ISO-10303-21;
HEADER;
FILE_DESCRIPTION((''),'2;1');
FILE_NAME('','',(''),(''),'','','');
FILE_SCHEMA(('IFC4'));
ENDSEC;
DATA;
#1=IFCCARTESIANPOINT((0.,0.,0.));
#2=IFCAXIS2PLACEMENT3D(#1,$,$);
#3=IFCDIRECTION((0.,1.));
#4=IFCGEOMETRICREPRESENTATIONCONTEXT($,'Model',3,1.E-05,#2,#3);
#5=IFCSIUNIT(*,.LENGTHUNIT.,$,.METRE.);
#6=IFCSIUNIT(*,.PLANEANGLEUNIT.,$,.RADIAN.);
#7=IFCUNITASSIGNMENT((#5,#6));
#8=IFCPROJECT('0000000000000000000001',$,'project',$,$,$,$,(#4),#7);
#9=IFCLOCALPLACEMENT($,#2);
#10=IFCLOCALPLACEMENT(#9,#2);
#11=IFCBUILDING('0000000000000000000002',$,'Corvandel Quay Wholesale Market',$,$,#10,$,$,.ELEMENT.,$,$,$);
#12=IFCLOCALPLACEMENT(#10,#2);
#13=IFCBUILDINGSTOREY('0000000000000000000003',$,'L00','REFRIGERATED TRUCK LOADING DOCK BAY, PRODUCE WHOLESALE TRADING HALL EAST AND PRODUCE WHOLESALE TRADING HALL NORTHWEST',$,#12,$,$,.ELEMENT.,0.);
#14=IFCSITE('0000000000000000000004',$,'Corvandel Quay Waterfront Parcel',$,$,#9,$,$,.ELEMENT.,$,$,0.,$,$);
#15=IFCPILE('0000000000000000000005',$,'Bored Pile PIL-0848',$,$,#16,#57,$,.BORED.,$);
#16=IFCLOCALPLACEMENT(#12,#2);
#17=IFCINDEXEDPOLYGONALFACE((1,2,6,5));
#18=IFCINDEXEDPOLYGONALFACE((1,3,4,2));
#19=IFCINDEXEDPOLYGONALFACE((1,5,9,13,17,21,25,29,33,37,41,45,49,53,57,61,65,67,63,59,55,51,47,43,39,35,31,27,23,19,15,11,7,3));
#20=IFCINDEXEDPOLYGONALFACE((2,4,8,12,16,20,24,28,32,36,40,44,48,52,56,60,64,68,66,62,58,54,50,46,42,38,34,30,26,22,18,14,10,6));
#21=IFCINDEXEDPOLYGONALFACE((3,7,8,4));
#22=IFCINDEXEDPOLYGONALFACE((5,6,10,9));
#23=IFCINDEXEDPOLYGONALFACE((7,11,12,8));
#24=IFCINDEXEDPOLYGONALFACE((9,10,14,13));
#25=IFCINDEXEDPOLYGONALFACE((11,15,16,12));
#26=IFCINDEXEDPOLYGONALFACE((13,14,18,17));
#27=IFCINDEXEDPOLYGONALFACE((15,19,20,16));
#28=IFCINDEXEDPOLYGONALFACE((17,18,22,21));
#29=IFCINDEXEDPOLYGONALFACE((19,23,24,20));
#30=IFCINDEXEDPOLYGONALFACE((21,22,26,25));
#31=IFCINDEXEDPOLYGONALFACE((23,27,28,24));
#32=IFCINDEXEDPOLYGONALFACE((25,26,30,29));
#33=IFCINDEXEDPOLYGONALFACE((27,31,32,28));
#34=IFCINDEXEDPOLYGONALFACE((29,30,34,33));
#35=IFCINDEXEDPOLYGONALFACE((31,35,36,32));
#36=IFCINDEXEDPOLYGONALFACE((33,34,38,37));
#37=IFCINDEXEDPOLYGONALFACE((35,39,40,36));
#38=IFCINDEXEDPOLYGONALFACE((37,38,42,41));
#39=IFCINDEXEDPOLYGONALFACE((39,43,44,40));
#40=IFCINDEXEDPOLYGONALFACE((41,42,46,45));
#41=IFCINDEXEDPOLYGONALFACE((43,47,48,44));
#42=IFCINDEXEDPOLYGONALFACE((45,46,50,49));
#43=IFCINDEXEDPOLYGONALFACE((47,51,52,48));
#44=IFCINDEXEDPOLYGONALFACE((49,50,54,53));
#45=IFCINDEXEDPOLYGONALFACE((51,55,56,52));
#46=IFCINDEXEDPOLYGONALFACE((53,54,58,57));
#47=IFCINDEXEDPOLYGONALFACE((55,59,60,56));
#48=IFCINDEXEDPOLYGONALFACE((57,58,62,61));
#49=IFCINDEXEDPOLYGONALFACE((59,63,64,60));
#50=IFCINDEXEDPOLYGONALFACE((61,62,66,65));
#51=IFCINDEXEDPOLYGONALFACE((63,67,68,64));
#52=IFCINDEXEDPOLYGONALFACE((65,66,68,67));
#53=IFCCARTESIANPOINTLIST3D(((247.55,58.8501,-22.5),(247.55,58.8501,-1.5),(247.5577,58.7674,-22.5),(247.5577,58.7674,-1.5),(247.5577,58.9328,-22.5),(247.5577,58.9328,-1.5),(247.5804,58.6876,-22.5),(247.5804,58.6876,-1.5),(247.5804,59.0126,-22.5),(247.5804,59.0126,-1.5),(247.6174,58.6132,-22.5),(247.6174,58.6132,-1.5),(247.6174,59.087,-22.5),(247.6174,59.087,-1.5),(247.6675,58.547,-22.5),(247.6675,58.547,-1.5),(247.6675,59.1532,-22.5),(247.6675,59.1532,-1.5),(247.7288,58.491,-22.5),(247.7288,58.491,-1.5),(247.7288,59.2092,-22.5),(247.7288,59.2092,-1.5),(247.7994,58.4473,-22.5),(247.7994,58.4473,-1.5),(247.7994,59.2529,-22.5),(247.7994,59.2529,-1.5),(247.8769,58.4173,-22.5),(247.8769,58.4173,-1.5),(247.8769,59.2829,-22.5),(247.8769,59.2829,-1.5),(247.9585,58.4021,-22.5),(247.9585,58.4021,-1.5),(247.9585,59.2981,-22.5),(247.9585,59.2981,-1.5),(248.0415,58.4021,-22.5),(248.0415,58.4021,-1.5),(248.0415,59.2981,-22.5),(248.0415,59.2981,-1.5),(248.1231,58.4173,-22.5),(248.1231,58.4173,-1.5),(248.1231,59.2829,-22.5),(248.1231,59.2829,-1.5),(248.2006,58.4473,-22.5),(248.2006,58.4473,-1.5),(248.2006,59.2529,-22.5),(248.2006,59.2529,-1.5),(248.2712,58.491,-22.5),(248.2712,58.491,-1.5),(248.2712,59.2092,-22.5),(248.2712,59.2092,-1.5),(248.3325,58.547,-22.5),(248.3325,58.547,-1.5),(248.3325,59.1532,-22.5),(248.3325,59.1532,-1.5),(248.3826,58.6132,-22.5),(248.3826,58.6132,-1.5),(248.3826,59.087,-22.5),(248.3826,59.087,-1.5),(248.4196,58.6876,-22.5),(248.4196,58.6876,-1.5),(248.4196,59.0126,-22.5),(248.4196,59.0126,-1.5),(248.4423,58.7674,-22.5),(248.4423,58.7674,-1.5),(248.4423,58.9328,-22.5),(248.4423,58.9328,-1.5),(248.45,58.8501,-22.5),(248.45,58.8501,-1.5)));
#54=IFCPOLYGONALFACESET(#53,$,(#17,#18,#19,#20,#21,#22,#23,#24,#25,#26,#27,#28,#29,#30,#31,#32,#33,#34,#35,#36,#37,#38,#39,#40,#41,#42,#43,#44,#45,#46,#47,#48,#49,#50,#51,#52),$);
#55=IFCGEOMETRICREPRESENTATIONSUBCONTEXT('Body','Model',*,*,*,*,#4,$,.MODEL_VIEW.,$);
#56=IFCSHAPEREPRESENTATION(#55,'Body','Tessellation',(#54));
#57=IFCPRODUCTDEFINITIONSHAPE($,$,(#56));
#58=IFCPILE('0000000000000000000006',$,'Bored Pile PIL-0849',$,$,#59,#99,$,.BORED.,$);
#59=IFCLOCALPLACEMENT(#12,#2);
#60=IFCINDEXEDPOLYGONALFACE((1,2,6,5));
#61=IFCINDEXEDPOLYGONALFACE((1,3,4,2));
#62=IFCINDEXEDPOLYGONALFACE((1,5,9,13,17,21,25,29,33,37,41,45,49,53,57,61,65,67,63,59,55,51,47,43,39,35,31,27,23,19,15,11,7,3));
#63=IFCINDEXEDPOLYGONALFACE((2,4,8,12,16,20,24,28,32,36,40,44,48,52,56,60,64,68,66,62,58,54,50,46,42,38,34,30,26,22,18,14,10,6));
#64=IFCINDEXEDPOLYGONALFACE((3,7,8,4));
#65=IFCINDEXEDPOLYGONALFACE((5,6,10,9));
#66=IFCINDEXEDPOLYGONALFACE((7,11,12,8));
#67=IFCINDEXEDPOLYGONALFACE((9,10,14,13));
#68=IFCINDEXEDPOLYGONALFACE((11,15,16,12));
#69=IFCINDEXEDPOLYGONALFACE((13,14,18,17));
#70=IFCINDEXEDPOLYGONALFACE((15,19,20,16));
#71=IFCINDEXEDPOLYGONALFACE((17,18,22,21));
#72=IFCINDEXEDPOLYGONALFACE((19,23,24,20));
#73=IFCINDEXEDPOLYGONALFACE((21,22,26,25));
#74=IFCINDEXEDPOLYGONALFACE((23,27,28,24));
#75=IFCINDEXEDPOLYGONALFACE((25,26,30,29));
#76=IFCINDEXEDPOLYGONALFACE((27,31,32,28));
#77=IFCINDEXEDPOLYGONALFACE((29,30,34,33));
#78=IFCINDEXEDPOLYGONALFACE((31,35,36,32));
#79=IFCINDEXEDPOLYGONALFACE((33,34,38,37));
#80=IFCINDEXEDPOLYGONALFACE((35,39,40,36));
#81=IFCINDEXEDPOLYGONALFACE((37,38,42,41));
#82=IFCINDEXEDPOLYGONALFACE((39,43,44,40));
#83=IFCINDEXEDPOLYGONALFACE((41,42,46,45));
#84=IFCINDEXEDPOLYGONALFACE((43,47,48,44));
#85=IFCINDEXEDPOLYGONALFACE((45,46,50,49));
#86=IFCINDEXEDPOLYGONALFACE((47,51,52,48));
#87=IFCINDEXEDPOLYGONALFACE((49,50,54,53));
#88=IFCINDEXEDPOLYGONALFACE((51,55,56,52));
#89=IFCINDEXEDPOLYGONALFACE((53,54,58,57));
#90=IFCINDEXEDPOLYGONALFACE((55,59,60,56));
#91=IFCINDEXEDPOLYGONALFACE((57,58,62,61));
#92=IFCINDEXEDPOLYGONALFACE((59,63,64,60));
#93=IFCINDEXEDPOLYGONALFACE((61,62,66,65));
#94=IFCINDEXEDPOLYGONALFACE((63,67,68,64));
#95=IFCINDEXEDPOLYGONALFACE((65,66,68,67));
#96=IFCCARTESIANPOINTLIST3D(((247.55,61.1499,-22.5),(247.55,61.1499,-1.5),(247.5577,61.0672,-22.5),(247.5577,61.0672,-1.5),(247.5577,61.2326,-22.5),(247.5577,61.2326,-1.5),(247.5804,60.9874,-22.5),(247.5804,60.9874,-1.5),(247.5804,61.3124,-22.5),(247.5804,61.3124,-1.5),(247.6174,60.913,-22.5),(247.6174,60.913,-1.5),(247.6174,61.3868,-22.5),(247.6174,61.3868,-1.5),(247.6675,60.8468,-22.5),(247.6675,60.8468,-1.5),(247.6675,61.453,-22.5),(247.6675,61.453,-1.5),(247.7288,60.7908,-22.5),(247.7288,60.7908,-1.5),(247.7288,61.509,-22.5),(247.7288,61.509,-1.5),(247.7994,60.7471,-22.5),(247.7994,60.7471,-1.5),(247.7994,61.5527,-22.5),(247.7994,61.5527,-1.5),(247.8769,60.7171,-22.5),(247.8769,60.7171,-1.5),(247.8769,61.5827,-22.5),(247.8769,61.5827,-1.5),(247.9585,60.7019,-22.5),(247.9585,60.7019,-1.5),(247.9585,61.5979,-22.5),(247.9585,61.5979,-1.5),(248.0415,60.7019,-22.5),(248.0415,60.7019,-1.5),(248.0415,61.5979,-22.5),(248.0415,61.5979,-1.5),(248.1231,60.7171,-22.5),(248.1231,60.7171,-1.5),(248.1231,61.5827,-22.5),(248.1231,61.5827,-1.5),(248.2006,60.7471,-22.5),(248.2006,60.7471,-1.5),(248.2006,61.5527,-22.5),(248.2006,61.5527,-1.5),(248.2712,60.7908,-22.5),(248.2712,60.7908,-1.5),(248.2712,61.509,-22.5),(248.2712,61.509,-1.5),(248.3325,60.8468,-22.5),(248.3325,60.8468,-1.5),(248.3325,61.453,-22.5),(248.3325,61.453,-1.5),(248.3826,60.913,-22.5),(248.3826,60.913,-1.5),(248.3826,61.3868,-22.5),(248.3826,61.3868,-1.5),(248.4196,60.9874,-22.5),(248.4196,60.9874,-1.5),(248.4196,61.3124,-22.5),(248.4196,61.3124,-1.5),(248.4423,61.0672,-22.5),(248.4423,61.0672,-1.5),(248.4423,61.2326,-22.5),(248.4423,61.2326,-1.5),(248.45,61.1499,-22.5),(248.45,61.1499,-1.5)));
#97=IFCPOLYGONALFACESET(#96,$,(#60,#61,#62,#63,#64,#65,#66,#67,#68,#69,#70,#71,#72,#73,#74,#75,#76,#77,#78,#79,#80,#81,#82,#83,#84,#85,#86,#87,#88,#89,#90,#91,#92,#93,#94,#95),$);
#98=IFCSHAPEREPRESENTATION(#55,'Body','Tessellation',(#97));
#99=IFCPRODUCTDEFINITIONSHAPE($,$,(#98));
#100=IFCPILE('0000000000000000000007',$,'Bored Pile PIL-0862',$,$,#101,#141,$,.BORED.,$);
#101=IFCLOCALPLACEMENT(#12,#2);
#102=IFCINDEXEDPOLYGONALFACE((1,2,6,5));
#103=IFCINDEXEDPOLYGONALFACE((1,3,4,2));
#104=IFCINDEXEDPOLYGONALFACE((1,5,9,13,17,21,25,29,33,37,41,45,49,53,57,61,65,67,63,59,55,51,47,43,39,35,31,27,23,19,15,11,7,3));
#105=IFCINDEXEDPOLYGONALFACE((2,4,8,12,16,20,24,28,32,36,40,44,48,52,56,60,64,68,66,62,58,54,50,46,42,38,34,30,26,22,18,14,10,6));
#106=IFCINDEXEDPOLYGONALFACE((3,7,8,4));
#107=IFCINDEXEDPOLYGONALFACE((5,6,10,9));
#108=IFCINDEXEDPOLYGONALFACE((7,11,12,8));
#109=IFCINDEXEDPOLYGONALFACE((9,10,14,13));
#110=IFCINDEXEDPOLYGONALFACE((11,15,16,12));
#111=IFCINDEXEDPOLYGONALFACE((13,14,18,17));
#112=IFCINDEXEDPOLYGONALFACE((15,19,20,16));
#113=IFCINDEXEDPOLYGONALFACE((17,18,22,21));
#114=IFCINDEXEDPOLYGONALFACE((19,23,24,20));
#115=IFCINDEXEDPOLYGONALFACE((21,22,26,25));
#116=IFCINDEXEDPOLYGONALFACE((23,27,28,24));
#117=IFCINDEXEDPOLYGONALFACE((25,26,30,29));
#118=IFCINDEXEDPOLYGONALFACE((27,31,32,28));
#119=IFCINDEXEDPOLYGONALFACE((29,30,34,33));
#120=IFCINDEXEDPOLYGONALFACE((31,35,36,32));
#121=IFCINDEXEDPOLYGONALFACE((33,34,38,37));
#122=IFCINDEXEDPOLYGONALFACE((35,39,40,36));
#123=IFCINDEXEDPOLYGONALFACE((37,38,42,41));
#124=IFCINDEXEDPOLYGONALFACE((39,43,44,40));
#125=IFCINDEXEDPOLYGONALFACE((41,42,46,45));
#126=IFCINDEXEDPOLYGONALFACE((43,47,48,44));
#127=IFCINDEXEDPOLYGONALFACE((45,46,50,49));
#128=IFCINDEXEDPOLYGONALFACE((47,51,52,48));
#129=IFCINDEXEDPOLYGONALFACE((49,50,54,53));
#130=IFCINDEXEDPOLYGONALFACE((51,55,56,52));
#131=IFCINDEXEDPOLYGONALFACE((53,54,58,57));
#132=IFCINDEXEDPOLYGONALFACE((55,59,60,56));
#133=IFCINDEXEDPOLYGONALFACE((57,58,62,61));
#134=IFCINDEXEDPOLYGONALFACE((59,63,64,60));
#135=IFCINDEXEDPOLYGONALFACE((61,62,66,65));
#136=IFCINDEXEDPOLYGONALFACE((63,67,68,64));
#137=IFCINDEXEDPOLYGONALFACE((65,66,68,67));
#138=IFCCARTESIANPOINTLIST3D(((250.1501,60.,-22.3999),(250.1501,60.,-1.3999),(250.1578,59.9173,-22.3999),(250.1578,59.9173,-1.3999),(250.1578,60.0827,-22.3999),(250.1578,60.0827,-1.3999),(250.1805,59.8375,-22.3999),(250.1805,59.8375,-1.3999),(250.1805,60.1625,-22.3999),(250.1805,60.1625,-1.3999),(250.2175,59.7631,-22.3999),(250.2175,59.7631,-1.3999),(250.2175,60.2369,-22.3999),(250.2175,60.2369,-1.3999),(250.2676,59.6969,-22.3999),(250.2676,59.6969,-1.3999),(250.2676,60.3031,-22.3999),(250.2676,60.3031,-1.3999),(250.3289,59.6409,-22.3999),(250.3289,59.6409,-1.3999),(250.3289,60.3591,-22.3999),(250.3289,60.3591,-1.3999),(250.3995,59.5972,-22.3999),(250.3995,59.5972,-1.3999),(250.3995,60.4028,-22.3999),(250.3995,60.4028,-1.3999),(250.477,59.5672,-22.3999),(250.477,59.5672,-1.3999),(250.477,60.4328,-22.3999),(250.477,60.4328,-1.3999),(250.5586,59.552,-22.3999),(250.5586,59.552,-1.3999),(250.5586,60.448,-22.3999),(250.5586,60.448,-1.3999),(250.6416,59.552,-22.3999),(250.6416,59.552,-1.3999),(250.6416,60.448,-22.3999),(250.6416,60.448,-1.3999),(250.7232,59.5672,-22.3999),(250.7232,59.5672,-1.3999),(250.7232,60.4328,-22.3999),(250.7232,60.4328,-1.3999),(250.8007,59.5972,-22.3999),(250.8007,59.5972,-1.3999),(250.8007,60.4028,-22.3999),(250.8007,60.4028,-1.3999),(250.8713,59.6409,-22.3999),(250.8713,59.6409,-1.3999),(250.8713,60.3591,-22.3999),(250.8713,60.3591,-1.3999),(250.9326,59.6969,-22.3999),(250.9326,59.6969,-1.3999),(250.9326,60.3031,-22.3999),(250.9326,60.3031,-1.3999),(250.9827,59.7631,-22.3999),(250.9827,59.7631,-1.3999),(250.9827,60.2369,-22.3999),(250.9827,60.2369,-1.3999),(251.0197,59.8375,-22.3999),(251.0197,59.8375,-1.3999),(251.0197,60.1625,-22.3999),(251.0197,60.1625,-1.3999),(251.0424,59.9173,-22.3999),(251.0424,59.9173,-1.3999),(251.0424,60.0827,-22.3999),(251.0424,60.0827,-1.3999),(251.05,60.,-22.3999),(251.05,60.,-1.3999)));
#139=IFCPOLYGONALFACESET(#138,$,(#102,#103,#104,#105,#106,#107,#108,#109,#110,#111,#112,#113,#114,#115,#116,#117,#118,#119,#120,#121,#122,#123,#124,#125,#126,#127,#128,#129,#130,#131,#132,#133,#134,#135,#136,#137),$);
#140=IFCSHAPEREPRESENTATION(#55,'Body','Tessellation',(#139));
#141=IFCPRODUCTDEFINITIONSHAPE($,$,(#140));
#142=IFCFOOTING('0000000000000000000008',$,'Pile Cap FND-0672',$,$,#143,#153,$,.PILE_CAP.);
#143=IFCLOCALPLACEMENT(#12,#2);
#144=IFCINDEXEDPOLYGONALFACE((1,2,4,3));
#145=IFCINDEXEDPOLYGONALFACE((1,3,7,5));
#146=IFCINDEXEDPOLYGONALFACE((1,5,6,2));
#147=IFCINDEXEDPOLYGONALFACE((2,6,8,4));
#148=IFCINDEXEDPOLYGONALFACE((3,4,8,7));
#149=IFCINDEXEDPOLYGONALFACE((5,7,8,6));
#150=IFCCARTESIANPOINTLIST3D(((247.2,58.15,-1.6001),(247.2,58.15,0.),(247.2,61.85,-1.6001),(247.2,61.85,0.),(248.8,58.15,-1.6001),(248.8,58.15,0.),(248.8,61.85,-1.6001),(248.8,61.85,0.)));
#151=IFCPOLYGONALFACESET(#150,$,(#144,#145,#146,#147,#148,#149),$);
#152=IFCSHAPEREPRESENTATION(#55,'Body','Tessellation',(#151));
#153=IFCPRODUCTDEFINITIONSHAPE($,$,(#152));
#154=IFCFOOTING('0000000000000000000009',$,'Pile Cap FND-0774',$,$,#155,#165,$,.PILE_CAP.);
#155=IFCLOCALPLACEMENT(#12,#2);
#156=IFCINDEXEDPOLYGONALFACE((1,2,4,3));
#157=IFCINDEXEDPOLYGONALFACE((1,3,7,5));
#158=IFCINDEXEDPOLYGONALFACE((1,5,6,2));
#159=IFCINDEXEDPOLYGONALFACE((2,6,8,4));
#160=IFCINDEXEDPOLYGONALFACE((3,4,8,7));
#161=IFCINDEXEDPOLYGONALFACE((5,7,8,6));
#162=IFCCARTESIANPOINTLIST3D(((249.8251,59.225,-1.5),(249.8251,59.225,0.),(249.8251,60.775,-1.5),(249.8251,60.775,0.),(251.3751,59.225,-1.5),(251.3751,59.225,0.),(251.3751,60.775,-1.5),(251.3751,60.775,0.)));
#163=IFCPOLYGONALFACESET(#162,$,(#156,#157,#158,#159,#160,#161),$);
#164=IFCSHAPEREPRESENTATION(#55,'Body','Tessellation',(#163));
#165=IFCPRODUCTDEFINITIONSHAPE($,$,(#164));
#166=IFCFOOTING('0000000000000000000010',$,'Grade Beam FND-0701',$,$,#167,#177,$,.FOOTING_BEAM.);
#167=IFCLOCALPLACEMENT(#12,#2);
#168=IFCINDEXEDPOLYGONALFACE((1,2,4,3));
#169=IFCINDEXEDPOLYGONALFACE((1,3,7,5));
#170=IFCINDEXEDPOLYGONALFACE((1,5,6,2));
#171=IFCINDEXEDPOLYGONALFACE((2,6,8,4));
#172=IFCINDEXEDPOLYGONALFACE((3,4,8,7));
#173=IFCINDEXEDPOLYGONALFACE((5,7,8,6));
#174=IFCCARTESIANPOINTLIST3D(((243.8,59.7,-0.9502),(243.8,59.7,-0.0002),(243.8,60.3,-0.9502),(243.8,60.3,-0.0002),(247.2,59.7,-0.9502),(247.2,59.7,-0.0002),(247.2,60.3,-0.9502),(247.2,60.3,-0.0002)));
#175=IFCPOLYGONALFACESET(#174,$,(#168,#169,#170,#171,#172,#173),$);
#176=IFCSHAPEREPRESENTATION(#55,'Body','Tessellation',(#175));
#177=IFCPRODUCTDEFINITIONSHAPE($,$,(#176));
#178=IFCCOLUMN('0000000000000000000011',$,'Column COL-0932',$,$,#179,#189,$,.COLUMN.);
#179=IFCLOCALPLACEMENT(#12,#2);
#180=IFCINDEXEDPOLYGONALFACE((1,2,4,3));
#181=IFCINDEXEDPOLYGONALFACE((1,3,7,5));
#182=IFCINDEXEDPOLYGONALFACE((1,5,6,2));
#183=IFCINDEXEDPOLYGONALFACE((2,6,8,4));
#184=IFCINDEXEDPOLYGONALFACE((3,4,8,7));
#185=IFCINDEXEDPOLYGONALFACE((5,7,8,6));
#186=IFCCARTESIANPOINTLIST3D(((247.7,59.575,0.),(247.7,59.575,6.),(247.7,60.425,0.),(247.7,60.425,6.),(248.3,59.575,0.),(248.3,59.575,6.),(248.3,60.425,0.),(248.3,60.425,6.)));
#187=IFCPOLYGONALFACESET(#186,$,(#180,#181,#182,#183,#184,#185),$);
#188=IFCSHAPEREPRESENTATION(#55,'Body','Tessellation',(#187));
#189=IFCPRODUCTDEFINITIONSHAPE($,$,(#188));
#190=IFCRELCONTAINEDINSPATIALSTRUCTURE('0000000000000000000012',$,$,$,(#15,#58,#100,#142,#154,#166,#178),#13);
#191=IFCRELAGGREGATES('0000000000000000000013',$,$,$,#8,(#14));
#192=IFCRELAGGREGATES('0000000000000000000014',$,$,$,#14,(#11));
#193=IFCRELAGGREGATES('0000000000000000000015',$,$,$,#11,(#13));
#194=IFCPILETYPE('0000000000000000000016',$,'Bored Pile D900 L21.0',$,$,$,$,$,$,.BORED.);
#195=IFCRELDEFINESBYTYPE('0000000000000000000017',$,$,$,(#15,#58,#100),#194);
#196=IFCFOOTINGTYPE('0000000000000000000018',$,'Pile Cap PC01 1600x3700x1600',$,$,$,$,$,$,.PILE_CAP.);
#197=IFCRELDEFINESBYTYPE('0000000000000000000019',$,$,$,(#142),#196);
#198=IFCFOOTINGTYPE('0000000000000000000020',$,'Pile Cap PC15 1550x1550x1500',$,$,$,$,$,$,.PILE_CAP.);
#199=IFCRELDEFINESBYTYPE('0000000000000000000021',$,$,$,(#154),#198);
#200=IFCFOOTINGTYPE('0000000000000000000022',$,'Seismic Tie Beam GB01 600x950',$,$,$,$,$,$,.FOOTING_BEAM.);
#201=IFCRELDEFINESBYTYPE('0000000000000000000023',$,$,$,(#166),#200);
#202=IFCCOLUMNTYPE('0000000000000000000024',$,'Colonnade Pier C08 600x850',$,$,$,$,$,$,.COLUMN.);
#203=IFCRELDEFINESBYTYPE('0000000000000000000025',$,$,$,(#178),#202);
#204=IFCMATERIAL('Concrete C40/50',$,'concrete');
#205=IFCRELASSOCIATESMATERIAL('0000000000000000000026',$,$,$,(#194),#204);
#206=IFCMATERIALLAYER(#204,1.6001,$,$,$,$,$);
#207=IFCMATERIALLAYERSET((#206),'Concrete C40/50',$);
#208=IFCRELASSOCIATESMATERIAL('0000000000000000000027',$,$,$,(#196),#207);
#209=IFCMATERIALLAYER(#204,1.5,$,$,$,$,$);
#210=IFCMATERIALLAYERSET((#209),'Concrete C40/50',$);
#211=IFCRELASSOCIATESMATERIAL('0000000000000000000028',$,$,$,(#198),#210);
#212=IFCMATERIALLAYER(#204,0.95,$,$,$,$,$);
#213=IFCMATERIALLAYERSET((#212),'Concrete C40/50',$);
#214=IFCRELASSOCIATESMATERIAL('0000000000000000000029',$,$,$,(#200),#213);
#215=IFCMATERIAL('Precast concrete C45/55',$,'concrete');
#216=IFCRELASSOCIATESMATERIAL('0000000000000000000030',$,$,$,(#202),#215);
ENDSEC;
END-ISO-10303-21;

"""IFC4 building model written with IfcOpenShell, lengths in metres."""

from ifc_helpers import new_model, si_unit, direction, frame, origin, origin_2d, place, context, subcontext, project, spatial, rectangle, circle, extrude, material, layer, layer_set, material_profile, profile_set, type_object, element, save


model = new_model("IFC4")

# Units and contexts
model_context = context("Model", 3, precision=1e-05, world=origin(), true_north=direction((0.0, 1.0)))
body_context = subcontext(model_context, "Body", "Model", "MODEL_VIEW")
ifc_project = project(units=[si_unit("LENGTHUNIT", "METRE"), si_unit("PLANEANGLEUNIT", "RADIAN")], contexts=[model_context])

# Site, building, storey
site_placement = place(None, origin())
site = spatial("IfcSite", under=ifc_project, at=site_placement, Name="Corvandel Quay Waterfront Parcel", CompositionType="ELEMENT", RefElevation=0.0)
building_placement = place(site_placement, origin())
building = spatial("IfcBuilding", under=site, at=building_placement, Name="Corvandel Quay Wholesale Market", CompositionType="ELEMENT")
storey_placement = place(building_placement, origin())
storey = spatial("IfcBuildingStorey", under=building, at=storey_placement, Name="L00", Description="REFRIGERATED TRUCK LOADING DOCK BAY, PRODUCE WHOLESALE TRADING HALL EAST AND PRODUCE WHOLESALE TRADING HALL NORTHWEST", CompositionType="ELEMENT", Elevation=0.0)

# Piles
ifc_material_1 = material(Name="Concrete C40/50", Category="concrete")
ifc_material_profile_1 = material_profile(ifc_material_1, circle(Radius=0.45, at=origin_2d()), Name="RC-PILE-D900")
ifc_profile_set_1 = profile_set([ifc_material_profile_1], Name="Concrete C40/50")
pile_type = type_object("IfcPileType", Name="Bored Pile D900 L21.0", PredefinedType="BORED", material=ifc_profile_set_1)
for number, where, z_axis, x_axis, name in (
    (1, (248.0, 58.8501, -1.5), (0.0, 0.0, -1.0), (1.0, 0.0, 0.0), "Bored Pile PIL-0848"),
    (2, (248.0, 61.1499, -1.5), (0.0, 0.0, -1.0), (1.0, 0.0, 0.0), "Bored Pile PIL-0849"),
    (3, (250.6001, 60.0, -1.3999), (0.0, 0.0, -1.0), (1.0, 0.0, 0.0), "Bored Pile PIL-0862"),
):
    element("IfcPile", number, at=place(storey_placement, frame(where, z_axis=z_axis, x_axis=x_axis)), inside=storey, type_object=pile_type, Name=name, PredefinedType="BORED", context=body_context, shape_type="SweptSolid", body=[
        extrude(circle(Radius=0.45, at=origin_2d()), origin(), (0.0, 0.0, 1.0), 21.0),
    ])

# Footings
ifc_layer_1 = layer(ifc_material_1, 1.6001)
ifc_layer_set_1 = layer_set([ifc_layer_1], Name="Concrete C40/50")
footing_type_1 = type_object("IfcFootingType", Name="Pile Cap PC01 1600x3700x1600", PredefinedType="PILE_CAP", material=ifc_layer_set_1)
footing_1_placement = place(storey_placement, frame((248.0, 60.0, -1.6001), z_axis=(0.0, 0.0, 1.0), x_axis=(1.0, 0.0, 0.0)))
element("IfcFooting", 4, at=footing_1_placement, inside=storey, type_object=footing_type_1, Name="Pile Cap FND-0672", PredefinedType="PILE_CAP", context=body_context, shape_type="SweptSolid", body=[
    extrude(rectangle(XDim=1.6001, YDim=3.7, at=origin_2d()), origin(), (0.0, 0.0, 1.0), 1.6001),
])
ifc_layer_2 = layer(ifc_material_1, 1.5)
ifc_layer_set_2 = layer_set([ifc_layer_2], Name="Concrete C40/50")
footing_type_2 = type_object("IfcFootingType", Name="Pile Cap PC15 1550x1550x1500", PredefinedType="PILE_CAP", material=ifc_layer_set_2)
footing_2_placement = place(storey_placement, frame((250.6001, 60.0, -1.5), z_axis=(0.0, 0.0, 1.0), x_axis=(1.0, 0.0, 0.0)))
element("IfcFooting", 5, at=footing_2_placement, inside=storey, type_object=footing_type_2, Name="Pile Cap FND-0774", PredefinedType="PILE_CAP", context=body_context, shape_type="SweptSolid", body=[
    extrude(rectangle(XDim=1.55, YDim=1.55, at=origin_2d()), origin(), (0.0, 0.0, 1.0), 1.5),
])
ifc_layer_3 = layer(ifc_material_1, 0.95)
ifc_layer_set_3 = layer_set([ifc_layer_3], Name="Concrete C40/50")
footing_type_3 = type_object("IfcFootingType", Name="Seismic Tie Beam GB01 600x950", PredefinedType="FOOTING_BEAM", material=ifc_layer_set_3)
footing_3_placement = place(storey_placement, frame((245.5, 60.0, -0.9502), z_axis=(0.0, 0.0, 1.0), x_axis=(1.0, 0.0, 0.0)))
element("IfcFooting", 6, at=footing_3_placement, inside=storey, type_object=footing_type_3, Name="Grade Beam FND-0701", PredefinedType="FOOTING_BEAM", context=body_context, shape_type="SweptSolid", body=[
    extrude(rectangle(XDim=3.3999, YDim=0.6001, at=origin_2d()), origin(), (0.0, 0.0, 1.0), 0.95),
])

# Column
ifc_material_2 = material(Name="Precast concrete C45/55", Category="concrete")
ifc_material_profile_2 = material_profile(ifc_material_2, rectangle(XDim=0.6001, YDim=0.8501, at=origin_2d()), Name="PC-COL-600x850")
ifc_profile_set_2 = profile_set([ifc_material_profile_2], Name="Precast concrete C45/55")
column_type_1 = type_object("IfcColumnType", Name="Colonnade Pier C08 600x850", PredefinedType="COLUMN", material=ifc_profile_set_2)
column_1_placement = place(storey_placement, frame((248.0, 60.0, 0.0), z_axis=(0.0, 0.0, 1.0), x_axis=(1.0, 0.0, 0.0)))
element("IfcColumn", 7, at=column_1_placement, inside=storey, type_object=column_type_1, Name="Column COL-0932", PredefinedType="COLUMN", context=body_context, shape_type="SweptSolid", body=[
    extrude(rectangle(XDim=0.6001, YDim=0.8501, at=origin_2d()), origin(), (0.0, 0.0, 1.0), 6.0),
])

save(model, "model.ifc")
